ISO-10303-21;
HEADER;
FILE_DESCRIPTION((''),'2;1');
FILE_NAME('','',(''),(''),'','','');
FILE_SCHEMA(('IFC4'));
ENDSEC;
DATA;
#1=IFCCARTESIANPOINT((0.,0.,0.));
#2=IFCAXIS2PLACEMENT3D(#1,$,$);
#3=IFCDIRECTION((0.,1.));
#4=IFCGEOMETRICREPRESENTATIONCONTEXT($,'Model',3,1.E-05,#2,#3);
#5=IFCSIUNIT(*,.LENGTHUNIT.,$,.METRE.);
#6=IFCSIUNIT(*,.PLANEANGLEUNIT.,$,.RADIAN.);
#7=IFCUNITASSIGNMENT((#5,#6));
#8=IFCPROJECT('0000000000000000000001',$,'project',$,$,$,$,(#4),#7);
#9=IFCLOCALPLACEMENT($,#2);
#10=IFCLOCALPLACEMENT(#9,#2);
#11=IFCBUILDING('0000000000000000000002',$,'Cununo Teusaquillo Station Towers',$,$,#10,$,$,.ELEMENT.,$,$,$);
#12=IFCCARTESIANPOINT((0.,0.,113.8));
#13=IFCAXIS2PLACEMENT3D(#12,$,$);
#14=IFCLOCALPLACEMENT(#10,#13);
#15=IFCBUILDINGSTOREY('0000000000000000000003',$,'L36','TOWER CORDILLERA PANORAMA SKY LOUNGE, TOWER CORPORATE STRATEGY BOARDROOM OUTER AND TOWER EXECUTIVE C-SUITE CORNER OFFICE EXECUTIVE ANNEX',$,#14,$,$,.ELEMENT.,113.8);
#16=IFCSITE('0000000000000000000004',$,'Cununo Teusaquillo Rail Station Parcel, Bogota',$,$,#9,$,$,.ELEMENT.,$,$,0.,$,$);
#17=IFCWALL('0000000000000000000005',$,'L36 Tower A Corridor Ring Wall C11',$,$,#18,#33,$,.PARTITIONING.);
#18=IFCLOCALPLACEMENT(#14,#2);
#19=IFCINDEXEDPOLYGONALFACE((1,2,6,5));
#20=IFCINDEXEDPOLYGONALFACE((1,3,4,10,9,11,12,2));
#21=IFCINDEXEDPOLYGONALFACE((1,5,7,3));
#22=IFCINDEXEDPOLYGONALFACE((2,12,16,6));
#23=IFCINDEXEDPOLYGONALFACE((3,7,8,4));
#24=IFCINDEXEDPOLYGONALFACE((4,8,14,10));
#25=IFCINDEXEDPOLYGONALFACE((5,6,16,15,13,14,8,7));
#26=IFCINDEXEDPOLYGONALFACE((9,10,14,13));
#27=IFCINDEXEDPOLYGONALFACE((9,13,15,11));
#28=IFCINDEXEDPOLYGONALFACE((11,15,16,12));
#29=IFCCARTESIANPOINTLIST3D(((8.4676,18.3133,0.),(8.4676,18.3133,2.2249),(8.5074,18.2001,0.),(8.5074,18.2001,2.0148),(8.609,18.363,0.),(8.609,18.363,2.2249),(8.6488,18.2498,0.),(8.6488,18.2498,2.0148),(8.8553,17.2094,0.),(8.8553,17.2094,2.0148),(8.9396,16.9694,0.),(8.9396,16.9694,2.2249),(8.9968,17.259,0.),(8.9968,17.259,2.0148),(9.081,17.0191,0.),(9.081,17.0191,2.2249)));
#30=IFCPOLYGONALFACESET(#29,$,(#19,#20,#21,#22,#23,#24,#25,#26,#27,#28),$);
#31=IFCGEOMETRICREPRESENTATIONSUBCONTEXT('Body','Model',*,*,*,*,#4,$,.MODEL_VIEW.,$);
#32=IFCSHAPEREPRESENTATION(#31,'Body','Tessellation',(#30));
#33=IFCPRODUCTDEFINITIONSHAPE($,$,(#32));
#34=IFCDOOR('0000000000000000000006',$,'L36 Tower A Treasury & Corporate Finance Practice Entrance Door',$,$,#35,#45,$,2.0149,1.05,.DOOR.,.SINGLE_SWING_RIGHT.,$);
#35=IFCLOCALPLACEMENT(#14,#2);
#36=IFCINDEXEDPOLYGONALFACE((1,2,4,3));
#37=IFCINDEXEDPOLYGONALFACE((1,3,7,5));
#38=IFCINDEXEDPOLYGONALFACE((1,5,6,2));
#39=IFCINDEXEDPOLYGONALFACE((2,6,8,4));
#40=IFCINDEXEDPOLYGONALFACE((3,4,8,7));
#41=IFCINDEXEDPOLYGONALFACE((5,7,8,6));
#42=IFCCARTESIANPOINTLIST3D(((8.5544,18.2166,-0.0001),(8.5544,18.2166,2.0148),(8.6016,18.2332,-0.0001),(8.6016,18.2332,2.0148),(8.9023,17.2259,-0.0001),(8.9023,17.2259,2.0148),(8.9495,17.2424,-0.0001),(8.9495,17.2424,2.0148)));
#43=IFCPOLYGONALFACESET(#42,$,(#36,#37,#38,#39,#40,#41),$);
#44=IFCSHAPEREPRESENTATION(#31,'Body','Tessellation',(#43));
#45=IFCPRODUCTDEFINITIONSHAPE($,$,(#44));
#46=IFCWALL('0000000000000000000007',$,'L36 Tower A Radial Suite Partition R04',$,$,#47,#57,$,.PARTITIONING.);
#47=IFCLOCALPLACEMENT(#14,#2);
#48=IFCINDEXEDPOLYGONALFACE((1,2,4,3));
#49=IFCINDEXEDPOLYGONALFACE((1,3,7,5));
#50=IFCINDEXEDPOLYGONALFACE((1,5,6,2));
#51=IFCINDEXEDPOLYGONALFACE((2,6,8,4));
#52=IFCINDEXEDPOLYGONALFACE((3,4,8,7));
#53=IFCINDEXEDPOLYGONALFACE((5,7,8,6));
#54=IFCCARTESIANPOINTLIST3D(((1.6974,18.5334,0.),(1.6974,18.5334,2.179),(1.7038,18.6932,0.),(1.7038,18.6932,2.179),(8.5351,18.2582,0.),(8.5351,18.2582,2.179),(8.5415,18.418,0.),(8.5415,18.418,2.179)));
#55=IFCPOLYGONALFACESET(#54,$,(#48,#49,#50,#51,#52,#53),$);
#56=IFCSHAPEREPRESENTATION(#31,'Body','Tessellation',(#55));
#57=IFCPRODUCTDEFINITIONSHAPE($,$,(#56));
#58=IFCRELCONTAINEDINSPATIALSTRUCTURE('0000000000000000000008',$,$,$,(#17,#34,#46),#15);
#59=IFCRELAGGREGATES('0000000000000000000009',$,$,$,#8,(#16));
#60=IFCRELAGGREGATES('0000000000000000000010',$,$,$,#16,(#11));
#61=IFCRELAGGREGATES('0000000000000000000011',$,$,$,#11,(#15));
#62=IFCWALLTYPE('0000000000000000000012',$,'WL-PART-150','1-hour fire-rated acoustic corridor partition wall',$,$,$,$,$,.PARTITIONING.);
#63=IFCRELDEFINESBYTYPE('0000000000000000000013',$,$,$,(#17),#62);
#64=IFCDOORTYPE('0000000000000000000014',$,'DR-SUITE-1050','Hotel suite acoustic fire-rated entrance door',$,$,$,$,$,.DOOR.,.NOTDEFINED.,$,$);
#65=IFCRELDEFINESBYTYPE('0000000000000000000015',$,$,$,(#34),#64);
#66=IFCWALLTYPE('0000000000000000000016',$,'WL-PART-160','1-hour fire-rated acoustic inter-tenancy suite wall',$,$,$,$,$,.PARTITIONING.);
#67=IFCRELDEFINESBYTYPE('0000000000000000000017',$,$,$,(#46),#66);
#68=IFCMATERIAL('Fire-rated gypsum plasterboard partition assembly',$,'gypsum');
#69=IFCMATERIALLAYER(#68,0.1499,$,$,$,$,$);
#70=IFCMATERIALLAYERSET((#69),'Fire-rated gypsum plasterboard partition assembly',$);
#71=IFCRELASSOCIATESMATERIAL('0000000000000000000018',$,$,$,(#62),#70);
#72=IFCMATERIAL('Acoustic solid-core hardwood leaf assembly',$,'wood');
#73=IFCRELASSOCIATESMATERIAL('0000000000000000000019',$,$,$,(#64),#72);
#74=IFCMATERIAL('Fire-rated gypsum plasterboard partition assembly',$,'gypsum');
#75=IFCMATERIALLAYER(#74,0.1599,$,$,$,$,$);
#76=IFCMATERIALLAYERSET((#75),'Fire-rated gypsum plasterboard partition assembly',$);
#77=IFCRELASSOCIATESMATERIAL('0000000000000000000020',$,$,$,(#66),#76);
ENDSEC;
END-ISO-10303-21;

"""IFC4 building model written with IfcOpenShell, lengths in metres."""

from ifc_helpers import new_model, si_unit, direction, frame, frame_2d, origin, place, context, subcontext, project, spatial, rectangle, extrude, source, transform, mapped, material, layer, layer_set, type_object, element, fill, save


model = new_model("IFC4")

# Units and contexts
model_context = context("Model", 3, precision=1e-05, world=origin(), true_north=direction((0.0, 1.0)))
body_context = subcontext(model_context, "Body", "Model", "MODEL_VIEW")
ifc_project = project(units=[si_unit("LENGTHUNIT", "METRE"), si_unit("PLANEANGLEUNIT", "RADIAN")], contexts=[model_context])

# Site, building, storey
site_placement = place(None, origin())
site = spatial("IfcSite", under=ifc_project, at=site_placement, Name="Cununo Teusaquillo Rail Station Parcel, Bogota", CompositionType="ELEMENT", RefElevation=0.0)
building_placement = place(site_placement, origin())
building = spatial("IfcBuilding", under=site, at=building_placement, Name="Cununo Teusaquillo Station Towers", CompositionType="ELEMENT")
storey_placement = place(building_placement, frame((0.0, 0.0, 113.8)))
storey = spatial("IfcBuildingStorey", under=building, at=storey_placement, Name="L36", Description="TOWER CORDILLERA PANORAMA SKY LOUNGE, TOWER CORPORATE STRATEGY BOARDROOM OUTER AND TOWER EXECUTIVE C-SUITE CORNER OFFICE EXECUTIVE ANNEX", CompositionType="ELEMENT", Elevation=113.8)

# Wall, opening, door
ifc_material_1 = material(Name="Fire-rated gypsum plasterboard partition assembly", Category="gypsum")
ifc_layer_1 = layer(ifc_material_1, 0.1499)
ifc_layer_set_1 = layer_set([ifc_layer_1], Name="Fire-rated gypsum plasterboard partition assembly")
wall_type_1 = type_object("IfcWallType", Name="WL-PART-150", Description="1-hour fire-rated acoustic corridor partition wall", PredefinedType="PARTITIONING", material=ifc_layer_set_1)
wall_1_placement = place(storey_placement, frame((8.5383, 18.3381, 0.0), z_axis=(0.0, 0.0, 1.0), x_axis=(0.331358, -0.943505, 0.0)))
wall_1 = element("IfcWall", 1, at=wall_1_placement, inside=storey, type_object=wall_type_1, Name="L36 Tower A Corridor Ring Wall C11", PredefinedType="PARTITIONING", context=body_context, shape_type="SweptSolid", body=[
    extrude(rectangle(XDim=1.4243, YDim=0.1499, at=frame_2d((0.7122, 0.0))), origin(), (0.0, 0.0, 1.0), 2.2249),
])
shared_shape_1 = source(origin(), body_context, "Body", "SweptSolid", [
    extrude(rectangle(XDim=1.05, YDim=2.0149, at=frame_2d((0.5249, 1.0073))), frame((0.0, 0.085, 0.0), z_axis=(0.0, -1.0, 0.0), x_axis=(1.0, 0.0, 0.0)), (0.0, 0.0, 1.0), 0.1699),
])
opening_1_placement = place(wall_1_placement, frame((0.1201, 0.0, 0.0)))
opening_1 = element("IfcOpeningElement", 2, at=opening_1_placement, cuts=wall_1, PredefinedType="OPENING", context=body_context, shape_type="MappedRepresentation", body=[
    mapped(shared_shape_1, transform((0.0, 0.0, 0.0), x_axis=(1.0, 0.0, 0.0), y_axis=(0.0, 1.0, 0.0), z_axis=(0.0, 0.0, 1.0), scale=1.0)),
])
ifc_material_2 = material(Name="Acoustic solid-core hardwood leaf assembly", Category="wood")
door_type_1 = type_object("IfcDoorType", Name="DR-SUITE-1050", Description="Hotel suite acoustic fire-rated entrance door", OperationType="NOTDEFINED", PredefinedType="DOOR", material=ifc_material_2)
shared_shape_2 = source(origin(), body_context, "Body", "SweptSolid", [
    extrude(rectangle(XDim=1.05, YDim=2.0149, at=frame_2d((0.5249, 1.0073))), frame((0.0, 0.0249, 0.0), z_axis=(0.0, -1.0, 0.0), x_axis=(1.0, 0.0, 0.0)), (0.0, 0.0, 1.0), 0.05),
])
door_1_placement = place(opening_1_placement, origin())
door_1 = element("IfcDoor", 3, at=door_1_placement, inside=storey, type_object=door_type_1, Name="L36 Tower A Treasury & Corporate Finance Practice Entrance Door", OperationType="SINGLE_SWING_RIGHT", OverallHeight=2.0149, OverallWidth=1.05, PredefinedType="DOOR", context=body_context, shape_type="MappedRepresentation", body=[
    mapped(shared_shape_2, transform((0.0, 0.0, 0.0), x_axis=(1.0, 0.0, 0.0), y_axis=(0.0, 1.0, 0.0), z_axis=(0.0, 0.0, 1.0), scale=1.0)),
])
fill(opening_1, door_1)

# Wall
ifc_material_3 = material(Name="Fire-rated gypsum plasterboard partition assembly", Category="gypsum")
ifc_layer_2 = layer(ifc_material_3, 0.1599)
ifc_layer_set_2 = layer_set([ifc_layer_2], Name="Fire-rated gypsum plasterboard partition assembly")
wall_type_2 = type_object("IfcWallType", Name="WL-PART-160", Description="1-hour fire-rated acoustic inter-tenancy suite wall", PredefinedType="PARTITIONING", material=ifc_layer_set_2)
wall_2_placement = place(storey_placement, frame((8.5383, 18.3381, 0.0), z_axis=(0.0, 0.0, 1.0), x_axis=(-0.999191, 0.040207, 0.0)))
element("IfcWall", 4, at=wall_2_placement, inside=storey, type_object=wall_type_2, Name="L36 Tower A Radial Suite Partition R04", PredefinedType="PARTITIONING", context=body_context, shape_type="SweptSolid", body=[
    extrude(rectangle(XDim=6.8433, YDim=0.1599, at=frame_2d((3.4216, 0.0))), origin(), (0.0, 0.0, 1.0), 2.179),
])

save(model, "model.ifc")
